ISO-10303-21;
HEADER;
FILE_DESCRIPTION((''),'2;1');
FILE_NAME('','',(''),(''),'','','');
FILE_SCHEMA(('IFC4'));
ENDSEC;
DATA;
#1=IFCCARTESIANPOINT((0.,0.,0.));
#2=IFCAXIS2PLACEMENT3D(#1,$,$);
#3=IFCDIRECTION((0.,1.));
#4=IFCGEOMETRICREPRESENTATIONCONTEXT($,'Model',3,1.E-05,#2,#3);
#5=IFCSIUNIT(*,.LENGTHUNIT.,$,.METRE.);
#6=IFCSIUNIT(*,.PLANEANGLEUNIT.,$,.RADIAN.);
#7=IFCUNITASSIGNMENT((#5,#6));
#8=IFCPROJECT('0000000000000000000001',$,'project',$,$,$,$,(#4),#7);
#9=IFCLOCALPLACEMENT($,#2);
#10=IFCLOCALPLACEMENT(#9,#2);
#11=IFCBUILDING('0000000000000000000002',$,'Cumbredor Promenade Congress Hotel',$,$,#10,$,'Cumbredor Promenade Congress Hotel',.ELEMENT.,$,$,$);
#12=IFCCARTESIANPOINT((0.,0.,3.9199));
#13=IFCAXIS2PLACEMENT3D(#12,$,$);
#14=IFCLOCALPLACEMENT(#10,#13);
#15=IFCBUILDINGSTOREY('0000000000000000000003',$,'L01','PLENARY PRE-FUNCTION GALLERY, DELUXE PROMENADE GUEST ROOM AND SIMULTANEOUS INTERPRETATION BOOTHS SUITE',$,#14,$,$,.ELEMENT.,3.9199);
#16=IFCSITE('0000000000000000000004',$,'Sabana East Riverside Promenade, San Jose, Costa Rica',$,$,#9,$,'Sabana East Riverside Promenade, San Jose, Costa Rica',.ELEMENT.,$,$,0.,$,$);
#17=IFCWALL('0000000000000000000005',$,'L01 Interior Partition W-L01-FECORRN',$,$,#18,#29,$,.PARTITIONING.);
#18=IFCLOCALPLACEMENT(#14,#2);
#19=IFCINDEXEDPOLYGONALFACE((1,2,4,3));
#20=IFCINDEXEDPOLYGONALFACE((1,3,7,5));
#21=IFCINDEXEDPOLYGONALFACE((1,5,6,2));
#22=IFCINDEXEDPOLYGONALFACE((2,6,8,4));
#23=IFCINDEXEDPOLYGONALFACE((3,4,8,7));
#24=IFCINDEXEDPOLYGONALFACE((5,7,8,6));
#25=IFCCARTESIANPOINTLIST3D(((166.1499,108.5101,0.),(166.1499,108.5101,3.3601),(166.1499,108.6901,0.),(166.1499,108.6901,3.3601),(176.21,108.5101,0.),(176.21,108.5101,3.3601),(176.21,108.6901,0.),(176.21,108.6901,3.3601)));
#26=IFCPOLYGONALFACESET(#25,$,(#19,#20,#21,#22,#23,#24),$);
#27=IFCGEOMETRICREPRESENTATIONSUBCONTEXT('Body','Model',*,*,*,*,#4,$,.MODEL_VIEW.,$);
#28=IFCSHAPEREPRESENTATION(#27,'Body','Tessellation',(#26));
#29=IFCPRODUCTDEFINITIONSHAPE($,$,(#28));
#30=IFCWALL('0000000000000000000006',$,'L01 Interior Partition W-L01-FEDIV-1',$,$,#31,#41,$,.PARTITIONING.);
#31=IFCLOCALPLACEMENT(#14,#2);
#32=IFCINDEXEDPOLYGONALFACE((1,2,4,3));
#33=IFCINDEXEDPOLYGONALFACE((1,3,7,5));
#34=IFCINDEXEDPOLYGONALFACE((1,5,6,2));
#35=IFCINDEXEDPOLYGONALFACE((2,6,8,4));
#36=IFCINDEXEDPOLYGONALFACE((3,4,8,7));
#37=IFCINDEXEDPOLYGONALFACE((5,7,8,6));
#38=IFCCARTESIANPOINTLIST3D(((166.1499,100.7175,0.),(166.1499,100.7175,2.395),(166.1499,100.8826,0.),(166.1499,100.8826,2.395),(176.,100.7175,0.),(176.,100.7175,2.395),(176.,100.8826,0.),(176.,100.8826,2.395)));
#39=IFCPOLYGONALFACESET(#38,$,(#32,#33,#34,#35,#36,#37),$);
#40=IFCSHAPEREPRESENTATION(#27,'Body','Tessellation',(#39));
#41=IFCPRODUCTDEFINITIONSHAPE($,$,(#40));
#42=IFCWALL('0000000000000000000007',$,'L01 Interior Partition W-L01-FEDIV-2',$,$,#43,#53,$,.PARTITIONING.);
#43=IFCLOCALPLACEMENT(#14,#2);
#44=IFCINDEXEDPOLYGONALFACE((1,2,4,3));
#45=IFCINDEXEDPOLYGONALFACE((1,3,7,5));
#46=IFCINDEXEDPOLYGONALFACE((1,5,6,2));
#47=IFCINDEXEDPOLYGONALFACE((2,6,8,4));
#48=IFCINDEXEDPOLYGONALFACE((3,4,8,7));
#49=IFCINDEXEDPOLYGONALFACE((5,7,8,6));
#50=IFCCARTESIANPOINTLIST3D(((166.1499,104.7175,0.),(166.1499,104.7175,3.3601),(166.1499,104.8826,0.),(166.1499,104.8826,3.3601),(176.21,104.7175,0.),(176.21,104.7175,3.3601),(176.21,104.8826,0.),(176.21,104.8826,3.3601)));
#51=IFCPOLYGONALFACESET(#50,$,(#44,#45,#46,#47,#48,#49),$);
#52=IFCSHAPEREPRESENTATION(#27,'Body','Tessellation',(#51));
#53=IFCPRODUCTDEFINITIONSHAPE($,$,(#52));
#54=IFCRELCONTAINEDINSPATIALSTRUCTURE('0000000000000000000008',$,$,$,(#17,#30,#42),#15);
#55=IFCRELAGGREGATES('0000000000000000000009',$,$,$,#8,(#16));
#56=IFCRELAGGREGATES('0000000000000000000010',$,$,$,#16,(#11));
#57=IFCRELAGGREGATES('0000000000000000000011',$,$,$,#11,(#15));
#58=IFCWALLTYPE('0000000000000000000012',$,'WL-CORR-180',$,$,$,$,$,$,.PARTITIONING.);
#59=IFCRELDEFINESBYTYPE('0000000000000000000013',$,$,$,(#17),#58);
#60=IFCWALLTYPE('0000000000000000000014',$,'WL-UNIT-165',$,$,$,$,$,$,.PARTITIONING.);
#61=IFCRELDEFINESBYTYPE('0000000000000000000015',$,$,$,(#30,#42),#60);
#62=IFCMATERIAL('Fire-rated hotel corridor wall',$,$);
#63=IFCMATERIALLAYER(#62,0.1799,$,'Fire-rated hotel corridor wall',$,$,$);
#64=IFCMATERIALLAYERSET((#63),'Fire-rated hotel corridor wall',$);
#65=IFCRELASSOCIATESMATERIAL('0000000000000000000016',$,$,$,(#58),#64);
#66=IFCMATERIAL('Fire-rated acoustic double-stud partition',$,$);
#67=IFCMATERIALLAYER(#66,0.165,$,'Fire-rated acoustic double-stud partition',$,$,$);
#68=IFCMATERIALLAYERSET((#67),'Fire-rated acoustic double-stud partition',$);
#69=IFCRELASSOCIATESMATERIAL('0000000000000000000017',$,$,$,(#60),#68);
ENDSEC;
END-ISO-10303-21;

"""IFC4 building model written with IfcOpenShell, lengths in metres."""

from ifc_helpers import new_model, si_unit, direction, frame, frame_2d, origin, place, context, subcontext, project, spatial, rectangle, extrude, material, layer, layer_set, type_object, element, save


model = new_model("IFC4")

# Units and contexts
model_context = context("Model", 3, precision=1e-05, world=origin(), true_north=direction((0.0, 1.0)))
body_context = subcontext(model_context, "Body", "Model", "MODEL_VIEW")
ifc_project = project(units=[si_unit("LENGTHUNIT", "METRE"), si_unit("PLANEANGLEUNIT", "RADIAN")], contexts=[model_context])

# Site, building, storey
site_placement = place(None, origin())
site = spatial("IfcSite", under=ifc_project, at=site_placement, Name="Sabana East Riverside Promenade, San Jose, Costa Rica", LongName="Sabana East Riverside Promenade, San Jose, Costa Rica", CompositionType="ELEMENT", RefElevation=0.0)
building_placement = place(site_placement, origin())
building = spatial("IfcBuilding", under=site, at=building_placement, Name="Cumbredor Promenade Congress Hotel", LongName="Cumbredor Promenade Congress Hotel", CompositionType="ELEMENT")
storey_placement = place(building_placement, frame((0.0, 0.0, 3.9199)))
storey = spatial("IfcBuildingStorey", under=building, at=storey_placement, Name="L01", Description="PLENARY PRE-FUNCTION GALLERY, DELUXE PROMENADE GUEST ROOM AND SIMULTANEOUS INTERPRETATION BOOTHS SUITE", CompositionType="ELEMENT", Elevation=3.9199)

# Walls
ifc_material_1 = material(Name="Fire-rated hotel corridor wall")
ifc_layer_1 = layer(ifc_material_1, 0.1799, Name="Fire-rated hotel corridor wall")
ifc_layer_set_1 = layer_set([ifc_layer_1], Name="Fire-rated hotel corridor wall")
wall_type_1 = type_object("IfcWallType", Name="WL-CORR-180", PredefinedType="PARTITIONING", material=ifc_layer_set_1)
wall_1_placement = place(storey_placement, frame((166.1499, 108.6001, 0.0), z_axis=(0.0, 0.0, 1.0), x_axis=(1.0, 0.0, 0.0)))
element("IfcWall", 1, at=wall_1_placement, inside=storey, type_object=wall_type_1, Name="L01 Interior Partition W-L01-FECORRN", PredefinedType="PARTITIONING", context=body_context, shape_type="SweptSolid", body=[
    extrude(rectangle(XDim=10.0601, YDim=0.1799, at=frame_2d((5.03, 0.0))), origin(), (0.0, 0.0, 1.0), 3.3601),
])
ifc_material_2 = material(Name="Fire-rated acoustic double-stud partition")
ifc_layer_2 = layer(ifc_material_2, 0.165, Name="Fire-rated acoustic double-stud partition")
ifc_layer_set_2 = layer_set([ifc_layer_2], Name="Fire-rated acoustic double-stud partition")
wall_type_2 = type_object("IfcWallType", Name="WL-UNIT-165", PredefinedType="PARTITIONING", material=ifc_layer_set_2)
wall_2_placement = place(storey_placement, frame((166.1499, 100.8, 0.0), z_axis=(0.0, 0.0, 1.0), x_axis=(1.0, 0.0, 0.0)))
element("IfcWall", 2, at=wall_2_placement, inside=storey, type_object=wall_type_2, Name="L01 Interior Partition W-L01-FEDIV-1", PredefinedType="PARTITIONING", context=body_context, shape_type="SweptSolid", body=[
    extrude(rectangle(XDim=9.8501, YDim=0.165, at=frame_2d((4.925, 0.0))), origin(), (0.0, 0.0, 1.0), 2.395),
])
wall_3_placement = place(storey_placement, frame((166.1499, 104.8, 0.0), z_axis=(0.0, 0.0, 1.0), x_axis=(1.0, 0.0, 0.0)))
element("IfcWall", 3, at=wall_3_placement, inside=storey, type_object=wall_type_2, Name="L01 Interior Partition W-L01-FEDIV-2", PredefinedType="PARTITIONING", context=body_context, shape_type="SweptSolid", body=[
    extrude(rectangle(XDim=10.0601, YDim=0.165, at=frame_2d((5.03, 0.0))), origin(), (0.0, 0.0, 1.0), 3.3601),
])

save(model, "model.ifc")
